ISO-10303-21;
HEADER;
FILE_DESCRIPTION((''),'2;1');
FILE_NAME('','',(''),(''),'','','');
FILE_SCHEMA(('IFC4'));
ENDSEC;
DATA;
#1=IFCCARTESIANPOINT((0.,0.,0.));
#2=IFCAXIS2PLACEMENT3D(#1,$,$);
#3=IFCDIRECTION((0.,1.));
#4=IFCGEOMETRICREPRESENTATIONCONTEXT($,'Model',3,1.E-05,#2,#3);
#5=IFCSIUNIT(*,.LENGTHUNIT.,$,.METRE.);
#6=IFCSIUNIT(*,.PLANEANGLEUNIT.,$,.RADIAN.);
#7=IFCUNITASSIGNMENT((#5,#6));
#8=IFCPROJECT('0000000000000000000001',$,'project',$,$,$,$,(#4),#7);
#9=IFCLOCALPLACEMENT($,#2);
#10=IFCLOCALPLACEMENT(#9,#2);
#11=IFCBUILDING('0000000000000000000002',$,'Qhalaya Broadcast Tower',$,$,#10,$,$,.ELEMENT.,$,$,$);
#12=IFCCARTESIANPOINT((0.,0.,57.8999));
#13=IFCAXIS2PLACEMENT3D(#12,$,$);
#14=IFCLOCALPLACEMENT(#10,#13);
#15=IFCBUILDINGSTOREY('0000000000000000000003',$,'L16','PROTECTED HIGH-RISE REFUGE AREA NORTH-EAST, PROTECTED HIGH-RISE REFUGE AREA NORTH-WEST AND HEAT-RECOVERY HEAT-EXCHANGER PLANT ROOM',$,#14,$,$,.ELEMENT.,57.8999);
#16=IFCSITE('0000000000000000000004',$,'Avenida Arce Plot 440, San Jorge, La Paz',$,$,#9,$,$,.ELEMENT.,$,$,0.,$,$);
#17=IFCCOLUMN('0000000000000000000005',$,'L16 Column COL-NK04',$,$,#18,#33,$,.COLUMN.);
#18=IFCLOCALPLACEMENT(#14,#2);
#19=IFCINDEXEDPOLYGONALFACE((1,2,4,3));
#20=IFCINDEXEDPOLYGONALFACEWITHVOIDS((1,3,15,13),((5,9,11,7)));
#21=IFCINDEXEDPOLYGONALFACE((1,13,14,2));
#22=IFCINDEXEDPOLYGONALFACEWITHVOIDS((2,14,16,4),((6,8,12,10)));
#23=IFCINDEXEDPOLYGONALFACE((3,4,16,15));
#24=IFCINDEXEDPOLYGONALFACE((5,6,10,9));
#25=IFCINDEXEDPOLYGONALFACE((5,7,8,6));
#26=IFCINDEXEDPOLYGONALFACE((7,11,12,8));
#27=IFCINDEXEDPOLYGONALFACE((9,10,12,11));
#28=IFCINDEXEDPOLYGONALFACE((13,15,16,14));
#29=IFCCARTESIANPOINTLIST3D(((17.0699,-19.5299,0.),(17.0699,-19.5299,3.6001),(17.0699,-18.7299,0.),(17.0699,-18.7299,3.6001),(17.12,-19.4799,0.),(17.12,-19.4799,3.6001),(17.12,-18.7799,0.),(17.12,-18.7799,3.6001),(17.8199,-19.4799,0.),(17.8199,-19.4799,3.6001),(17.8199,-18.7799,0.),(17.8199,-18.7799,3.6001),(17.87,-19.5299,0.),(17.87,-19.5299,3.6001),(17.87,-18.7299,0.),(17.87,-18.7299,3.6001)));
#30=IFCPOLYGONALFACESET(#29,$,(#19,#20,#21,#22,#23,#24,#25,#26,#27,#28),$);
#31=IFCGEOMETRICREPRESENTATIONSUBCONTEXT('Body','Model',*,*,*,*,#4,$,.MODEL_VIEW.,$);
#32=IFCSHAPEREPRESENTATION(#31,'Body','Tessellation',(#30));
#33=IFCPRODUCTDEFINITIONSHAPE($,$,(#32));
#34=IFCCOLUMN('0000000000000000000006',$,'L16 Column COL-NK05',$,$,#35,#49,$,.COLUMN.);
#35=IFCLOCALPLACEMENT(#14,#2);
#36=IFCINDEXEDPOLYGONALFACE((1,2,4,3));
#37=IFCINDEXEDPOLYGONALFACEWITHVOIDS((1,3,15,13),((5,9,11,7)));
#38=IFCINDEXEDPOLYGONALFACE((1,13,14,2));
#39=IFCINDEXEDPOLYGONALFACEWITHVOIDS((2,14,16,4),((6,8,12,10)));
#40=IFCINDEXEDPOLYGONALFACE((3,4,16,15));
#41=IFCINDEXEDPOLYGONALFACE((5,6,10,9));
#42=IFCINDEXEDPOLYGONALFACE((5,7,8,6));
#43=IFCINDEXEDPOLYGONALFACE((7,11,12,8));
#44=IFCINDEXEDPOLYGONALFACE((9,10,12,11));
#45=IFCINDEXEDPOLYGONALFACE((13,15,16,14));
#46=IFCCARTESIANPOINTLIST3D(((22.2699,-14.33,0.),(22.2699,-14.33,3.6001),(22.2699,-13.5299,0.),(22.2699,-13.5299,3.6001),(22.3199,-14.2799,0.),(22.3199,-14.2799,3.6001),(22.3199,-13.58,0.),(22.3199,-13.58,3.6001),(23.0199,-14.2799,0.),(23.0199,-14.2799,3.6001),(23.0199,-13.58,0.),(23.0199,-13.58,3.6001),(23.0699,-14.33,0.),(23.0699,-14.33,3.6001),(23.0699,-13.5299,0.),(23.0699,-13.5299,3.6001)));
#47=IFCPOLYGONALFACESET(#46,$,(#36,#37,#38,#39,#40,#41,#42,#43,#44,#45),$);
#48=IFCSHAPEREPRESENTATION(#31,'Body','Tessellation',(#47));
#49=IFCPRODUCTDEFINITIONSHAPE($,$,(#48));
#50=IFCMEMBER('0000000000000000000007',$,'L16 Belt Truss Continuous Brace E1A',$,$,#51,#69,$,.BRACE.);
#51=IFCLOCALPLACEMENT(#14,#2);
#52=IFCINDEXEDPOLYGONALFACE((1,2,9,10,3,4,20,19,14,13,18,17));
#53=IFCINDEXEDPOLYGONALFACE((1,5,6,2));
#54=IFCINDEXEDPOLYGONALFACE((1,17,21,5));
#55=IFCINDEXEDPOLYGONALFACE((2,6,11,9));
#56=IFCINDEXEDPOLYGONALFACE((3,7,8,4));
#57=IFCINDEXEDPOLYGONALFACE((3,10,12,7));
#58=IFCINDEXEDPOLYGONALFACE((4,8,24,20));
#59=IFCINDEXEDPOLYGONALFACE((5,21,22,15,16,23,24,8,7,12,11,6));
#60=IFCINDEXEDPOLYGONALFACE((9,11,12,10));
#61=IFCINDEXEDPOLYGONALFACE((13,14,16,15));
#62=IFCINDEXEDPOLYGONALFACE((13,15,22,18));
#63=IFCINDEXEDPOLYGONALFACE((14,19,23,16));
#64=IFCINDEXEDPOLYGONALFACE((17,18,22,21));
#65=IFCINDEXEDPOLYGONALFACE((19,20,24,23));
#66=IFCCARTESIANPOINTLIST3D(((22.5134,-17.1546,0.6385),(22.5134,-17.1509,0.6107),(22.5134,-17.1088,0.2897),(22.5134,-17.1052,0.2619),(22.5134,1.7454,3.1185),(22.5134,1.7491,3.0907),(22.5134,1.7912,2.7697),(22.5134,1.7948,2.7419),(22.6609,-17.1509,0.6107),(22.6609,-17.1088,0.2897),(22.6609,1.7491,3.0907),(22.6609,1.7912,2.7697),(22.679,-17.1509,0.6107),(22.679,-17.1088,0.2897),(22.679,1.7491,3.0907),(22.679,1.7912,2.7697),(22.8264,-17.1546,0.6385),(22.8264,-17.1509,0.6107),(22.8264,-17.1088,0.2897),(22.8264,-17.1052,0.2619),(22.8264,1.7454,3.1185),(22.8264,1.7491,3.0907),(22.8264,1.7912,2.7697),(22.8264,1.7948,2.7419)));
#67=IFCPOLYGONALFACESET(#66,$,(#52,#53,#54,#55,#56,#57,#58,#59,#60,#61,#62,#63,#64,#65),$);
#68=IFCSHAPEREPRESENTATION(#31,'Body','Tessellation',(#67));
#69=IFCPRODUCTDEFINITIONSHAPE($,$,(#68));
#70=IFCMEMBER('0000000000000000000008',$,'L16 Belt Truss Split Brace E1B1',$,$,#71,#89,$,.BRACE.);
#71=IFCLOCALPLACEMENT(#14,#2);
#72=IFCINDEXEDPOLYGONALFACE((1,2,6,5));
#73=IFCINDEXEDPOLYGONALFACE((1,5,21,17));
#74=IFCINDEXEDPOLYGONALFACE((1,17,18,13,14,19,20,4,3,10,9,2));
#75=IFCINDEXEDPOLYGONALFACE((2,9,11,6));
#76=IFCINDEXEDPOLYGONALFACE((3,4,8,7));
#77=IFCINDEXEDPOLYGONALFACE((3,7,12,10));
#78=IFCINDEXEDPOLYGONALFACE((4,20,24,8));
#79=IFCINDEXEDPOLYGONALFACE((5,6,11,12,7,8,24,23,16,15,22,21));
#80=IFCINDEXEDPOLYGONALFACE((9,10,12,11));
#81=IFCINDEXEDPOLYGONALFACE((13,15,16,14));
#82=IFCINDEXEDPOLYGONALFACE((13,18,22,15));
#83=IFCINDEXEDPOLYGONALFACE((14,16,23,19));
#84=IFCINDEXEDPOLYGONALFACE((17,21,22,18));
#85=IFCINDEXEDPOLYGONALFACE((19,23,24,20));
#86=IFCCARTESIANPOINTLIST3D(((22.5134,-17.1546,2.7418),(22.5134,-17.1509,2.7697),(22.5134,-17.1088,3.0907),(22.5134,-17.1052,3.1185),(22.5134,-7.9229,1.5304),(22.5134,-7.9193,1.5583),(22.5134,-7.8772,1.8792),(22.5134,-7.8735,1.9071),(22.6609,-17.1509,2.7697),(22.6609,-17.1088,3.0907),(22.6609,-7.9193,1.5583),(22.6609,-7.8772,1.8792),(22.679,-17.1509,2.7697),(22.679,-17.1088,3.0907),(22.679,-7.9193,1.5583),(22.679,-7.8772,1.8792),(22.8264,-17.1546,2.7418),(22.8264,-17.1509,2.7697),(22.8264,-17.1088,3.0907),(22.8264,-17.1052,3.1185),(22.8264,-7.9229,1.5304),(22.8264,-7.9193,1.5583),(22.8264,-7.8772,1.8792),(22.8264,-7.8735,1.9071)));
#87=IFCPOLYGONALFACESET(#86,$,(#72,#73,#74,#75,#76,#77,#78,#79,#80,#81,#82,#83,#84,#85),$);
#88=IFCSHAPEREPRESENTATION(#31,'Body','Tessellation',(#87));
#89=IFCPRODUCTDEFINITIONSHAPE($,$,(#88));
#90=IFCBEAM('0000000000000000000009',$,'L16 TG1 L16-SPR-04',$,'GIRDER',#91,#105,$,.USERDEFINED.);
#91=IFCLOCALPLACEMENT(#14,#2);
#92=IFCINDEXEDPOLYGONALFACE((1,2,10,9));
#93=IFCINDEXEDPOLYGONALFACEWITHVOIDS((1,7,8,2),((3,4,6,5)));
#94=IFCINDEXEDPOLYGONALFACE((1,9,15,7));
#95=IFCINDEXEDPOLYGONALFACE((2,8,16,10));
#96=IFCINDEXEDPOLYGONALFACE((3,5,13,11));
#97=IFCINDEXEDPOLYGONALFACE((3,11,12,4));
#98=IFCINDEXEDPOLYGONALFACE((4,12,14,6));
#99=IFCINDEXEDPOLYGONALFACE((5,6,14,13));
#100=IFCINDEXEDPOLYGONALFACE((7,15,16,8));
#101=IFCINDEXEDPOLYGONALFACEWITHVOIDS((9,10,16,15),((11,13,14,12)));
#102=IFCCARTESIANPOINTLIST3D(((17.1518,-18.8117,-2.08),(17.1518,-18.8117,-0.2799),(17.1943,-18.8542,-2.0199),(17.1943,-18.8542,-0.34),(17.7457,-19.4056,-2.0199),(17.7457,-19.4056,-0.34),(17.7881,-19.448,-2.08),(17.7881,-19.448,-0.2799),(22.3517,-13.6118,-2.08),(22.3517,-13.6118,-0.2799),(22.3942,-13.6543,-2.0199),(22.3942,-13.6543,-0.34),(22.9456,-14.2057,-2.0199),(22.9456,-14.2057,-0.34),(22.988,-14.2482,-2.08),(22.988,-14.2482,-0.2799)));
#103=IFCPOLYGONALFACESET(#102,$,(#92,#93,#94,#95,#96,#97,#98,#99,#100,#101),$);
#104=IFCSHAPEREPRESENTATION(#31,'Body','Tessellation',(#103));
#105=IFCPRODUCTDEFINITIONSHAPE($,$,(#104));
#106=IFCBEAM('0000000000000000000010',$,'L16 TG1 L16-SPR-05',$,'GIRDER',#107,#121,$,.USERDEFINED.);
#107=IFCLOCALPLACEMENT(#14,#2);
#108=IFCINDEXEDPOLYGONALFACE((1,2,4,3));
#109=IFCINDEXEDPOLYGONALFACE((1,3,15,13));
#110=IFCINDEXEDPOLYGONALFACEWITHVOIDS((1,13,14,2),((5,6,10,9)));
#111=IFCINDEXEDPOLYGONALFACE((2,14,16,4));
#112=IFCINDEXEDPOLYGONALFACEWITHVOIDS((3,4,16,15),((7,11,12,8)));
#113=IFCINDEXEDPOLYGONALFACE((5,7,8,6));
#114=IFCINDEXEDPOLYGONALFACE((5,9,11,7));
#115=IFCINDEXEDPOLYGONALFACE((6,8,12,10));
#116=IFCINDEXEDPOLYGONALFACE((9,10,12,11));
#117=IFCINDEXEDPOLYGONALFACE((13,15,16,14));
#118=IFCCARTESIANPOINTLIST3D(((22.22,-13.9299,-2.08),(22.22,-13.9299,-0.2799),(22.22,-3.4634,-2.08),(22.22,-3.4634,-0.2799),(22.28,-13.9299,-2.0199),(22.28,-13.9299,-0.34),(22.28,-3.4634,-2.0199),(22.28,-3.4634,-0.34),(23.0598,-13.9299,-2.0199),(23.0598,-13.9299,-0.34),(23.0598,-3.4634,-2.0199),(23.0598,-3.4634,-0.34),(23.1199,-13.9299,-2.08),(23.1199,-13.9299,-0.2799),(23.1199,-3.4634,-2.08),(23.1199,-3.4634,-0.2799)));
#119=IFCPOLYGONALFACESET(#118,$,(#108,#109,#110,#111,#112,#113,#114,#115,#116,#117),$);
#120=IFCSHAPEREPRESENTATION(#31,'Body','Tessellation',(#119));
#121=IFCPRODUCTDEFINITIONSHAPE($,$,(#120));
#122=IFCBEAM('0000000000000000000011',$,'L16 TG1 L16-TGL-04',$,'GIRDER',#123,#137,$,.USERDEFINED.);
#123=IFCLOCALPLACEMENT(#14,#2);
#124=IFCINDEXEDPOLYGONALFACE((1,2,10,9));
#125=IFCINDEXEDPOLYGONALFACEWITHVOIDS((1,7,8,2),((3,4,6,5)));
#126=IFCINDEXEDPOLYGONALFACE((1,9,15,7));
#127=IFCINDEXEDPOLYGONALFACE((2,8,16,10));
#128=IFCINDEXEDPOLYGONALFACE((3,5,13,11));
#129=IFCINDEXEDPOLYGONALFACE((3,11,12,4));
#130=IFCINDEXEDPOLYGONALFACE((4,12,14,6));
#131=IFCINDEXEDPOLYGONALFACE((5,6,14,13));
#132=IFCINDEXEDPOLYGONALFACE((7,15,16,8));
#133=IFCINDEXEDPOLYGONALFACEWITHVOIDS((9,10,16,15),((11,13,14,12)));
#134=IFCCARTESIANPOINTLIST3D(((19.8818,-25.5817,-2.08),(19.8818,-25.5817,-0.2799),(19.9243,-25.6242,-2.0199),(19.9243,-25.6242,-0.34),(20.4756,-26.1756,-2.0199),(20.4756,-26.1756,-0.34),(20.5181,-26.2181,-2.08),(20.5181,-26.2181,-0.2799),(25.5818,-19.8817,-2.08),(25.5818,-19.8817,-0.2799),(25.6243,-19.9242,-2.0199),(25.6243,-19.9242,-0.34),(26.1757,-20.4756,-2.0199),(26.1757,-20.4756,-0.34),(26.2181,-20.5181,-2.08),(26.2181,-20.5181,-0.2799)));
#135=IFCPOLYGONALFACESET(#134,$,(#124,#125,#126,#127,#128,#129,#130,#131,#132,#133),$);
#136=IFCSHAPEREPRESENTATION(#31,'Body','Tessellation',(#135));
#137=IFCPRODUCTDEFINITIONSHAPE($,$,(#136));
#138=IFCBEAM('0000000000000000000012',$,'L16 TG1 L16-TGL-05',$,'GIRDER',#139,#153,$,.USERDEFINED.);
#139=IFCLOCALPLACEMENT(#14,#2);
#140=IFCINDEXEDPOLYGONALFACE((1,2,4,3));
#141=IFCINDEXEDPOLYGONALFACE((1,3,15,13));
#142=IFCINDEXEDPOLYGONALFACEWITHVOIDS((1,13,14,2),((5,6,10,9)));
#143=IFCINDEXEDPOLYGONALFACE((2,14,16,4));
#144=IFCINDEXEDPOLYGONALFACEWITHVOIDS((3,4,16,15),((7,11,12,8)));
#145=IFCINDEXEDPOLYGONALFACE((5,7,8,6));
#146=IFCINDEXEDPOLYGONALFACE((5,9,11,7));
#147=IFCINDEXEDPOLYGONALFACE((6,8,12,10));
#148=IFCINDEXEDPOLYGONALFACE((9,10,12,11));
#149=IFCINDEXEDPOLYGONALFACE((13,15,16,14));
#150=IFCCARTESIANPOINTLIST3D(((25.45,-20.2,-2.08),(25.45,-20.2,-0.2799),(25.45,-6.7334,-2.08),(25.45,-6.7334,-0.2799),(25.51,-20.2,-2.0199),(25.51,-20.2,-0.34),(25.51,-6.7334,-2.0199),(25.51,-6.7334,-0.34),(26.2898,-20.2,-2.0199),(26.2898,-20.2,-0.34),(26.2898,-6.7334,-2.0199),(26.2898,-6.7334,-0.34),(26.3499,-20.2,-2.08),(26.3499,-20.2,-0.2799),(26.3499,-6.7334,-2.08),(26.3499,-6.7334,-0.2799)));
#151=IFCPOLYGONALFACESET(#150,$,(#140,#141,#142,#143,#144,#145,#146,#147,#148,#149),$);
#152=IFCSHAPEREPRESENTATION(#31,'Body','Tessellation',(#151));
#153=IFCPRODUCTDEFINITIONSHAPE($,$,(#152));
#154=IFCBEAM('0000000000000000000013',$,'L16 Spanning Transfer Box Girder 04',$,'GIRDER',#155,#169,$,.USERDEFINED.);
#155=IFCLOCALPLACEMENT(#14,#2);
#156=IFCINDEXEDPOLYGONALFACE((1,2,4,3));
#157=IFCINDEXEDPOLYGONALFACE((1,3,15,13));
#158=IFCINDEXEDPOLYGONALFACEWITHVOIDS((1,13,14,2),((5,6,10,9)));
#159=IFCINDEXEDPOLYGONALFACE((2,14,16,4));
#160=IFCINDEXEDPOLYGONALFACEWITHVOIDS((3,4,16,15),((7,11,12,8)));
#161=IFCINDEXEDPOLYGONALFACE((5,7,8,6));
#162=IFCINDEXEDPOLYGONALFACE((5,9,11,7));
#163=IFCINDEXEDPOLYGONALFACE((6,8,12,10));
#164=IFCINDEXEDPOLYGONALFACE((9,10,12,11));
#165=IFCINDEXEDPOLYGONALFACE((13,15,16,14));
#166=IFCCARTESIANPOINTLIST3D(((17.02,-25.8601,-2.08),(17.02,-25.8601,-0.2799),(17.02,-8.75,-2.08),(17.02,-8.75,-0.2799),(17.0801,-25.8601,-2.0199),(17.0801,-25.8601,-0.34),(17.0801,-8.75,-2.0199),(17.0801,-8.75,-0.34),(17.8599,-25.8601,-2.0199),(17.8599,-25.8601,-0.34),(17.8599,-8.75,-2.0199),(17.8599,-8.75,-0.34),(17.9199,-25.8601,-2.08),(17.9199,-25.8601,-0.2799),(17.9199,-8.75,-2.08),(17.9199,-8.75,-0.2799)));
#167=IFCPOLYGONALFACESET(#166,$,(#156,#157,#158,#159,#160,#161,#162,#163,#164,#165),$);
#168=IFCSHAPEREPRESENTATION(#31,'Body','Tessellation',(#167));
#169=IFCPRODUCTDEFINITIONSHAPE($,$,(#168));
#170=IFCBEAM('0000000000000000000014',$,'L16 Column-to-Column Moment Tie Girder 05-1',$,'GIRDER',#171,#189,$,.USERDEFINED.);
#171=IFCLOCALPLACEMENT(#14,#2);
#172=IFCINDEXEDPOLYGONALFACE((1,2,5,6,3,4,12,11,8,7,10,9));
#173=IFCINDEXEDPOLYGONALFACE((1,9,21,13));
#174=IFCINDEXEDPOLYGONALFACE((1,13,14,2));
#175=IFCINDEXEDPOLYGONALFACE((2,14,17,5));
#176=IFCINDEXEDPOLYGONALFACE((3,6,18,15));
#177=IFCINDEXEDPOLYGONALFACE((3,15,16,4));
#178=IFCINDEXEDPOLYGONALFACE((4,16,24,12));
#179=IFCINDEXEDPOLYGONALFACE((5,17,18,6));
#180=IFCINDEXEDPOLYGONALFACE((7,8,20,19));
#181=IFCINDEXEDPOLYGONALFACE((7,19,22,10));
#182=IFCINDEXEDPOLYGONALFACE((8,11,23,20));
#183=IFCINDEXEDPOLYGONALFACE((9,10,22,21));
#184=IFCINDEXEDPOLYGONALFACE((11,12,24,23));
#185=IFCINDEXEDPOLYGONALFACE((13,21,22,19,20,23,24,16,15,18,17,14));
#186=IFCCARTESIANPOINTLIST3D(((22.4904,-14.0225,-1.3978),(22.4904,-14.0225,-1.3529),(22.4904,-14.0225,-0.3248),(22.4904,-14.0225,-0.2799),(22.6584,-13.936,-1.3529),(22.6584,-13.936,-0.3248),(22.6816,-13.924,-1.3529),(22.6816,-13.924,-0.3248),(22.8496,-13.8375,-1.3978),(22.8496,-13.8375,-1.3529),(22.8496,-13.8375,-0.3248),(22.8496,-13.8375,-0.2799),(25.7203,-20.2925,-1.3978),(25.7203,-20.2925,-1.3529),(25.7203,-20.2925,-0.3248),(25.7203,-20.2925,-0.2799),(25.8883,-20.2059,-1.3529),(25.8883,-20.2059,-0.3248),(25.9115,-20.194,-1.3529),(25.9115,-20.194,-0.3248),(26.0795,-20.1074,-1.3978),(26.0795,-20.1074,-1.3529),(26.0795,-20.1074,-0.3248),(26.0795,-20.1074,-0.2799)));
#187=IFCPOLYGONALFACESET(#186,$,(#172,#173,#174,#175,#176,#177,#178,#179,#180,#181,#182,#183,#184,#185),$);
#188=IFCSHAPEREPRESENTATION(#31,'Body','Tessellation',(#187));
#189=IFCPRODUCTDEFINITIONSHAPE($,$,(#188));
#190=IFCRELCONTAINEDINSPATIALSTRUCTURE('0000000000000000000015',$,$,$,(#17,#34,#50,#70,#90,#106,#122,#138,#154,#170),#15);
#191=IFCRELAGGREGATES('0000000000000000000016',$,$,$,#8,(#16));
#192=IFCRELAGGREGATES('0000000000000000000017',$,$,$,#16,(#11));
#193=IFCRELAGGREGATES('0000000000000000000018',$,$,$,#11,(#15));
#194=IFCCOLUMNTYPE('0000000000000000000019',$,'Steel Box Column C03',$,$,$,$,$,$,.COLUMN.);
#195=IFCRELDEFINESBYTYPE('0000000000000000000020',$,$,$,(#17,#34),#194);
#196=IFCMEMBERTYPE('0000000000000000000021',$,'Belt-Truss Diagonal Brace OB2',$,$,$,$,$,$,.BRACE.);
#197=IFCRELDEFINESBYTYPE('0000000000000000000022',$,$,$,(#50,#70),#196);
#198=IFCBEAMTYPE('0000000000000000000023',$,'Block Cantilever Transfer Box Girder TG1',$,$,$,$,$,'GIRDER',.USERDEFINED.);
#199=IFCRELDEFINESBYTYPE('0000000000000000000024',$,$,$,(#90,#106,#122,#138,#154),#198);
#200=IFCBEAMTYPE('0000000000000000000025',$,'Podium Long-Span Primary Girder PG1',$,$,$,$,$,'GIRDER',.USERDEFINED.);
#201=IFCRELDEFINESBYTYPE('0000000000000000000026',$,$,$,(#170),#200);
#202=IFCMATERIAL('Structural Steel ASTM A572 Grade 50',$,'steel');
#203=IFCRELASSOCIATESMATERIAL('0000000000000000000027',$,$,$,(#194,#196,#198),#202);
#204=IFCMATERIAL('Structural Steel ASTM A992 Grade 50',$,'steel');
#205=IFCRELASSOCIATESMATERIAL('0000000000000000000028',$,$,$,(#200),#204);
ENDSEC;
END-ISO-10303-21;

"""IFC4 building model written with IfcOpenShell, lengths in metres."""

from ifc_helpers import new_model, si_unit, direction, frame, origin, origin_2d, place, context, subcontext, project, spatial, hollow_rectangle, i_section, extrude, material, material_profile, profile_set, type_object, element, save


model = new_model("IFC4")

# Units and contexts
model_context = context("Model", 3, precision=1e-05, world=origin(), true_north=direction((0.0, 1.0)))
body_context = subcontext(model_context, "Body", "Model", "MODEL_VIEW")
ifc_project = project(units=[si_unit("LENGTHUNIT", "METRE"), si_unit("PLANEANGLEUNIT", "RADIAN")], contexts=[model_context])

# Site, building, storey
site_placement = place(None, origin())
site = spatial("IfcSite", under=ifc_project, at=site_placement, Name="Avenida Arce Plot 440, San Jorge, La Paz", CompositionType="ELEMENT", RefElevation=0.0)
building_placement = place(site_placement, origin())
building = spatial("IfcBuilding", under=site, at=building_placement, Name="Qhalaya Broadcast Tower", CompositionType="ELEMENT")
storey_placement = place(building_placement, frame((0.0, 0.0, 57.8999)))
storey = spatial("IfcBuildingStorey", under=building, at=storey_placement, Name="L16", Description="PROTECTED HIGH-RISE REFUGE AREA NORTH-EAST, PROTECTED HIGH-RISE REFUGE AREA NORTH-WEST AND HEAT-RECOVERY HEAT-EXCHANGER PLANT ROOM", CompositionType="ELEMENT", Elevation=57.8999)

# Columns
ifc_material_1 = material(Name="Structural Steel ASTM A572 Grade 50", Category="steel")
ifc_material_profile_1 = material_profile(ifc_material_1, hollow_rectangle(XDim=0.8, YDim=0.8, WallThickness=0.05, at=origin_2d()), Name="BOX 800x800x50")
ifc_profile_set_1 = profile_set([ifc_material_profile_1], Name="Structural Steel ASTM A572 Grade 50")
column_type = type_object("IfcColumnType", Name="Steel Box Column C03", PredefinedType="COLUMN", material=ifc_profile_set_1)
for number, where, z_axis, x_axis, name in (
    (1, (17.47, -19.1299, 0.0), (0.0, 0.0, 1.0), (1.0, 0.0, 0.0), "L16 Column COL-NK04"),
    (2, (22.6699, -13.9299, 0.0), (0.0, 0.0, 1.0), (0.0, 1.0, 0.0), "L16 Column COL-NK05"),
):
    element("IfcColumn", number, at=place(storey_placement, frame(where, z_axis=z_axis, x_axis=x_axis)), inside=storey, type_object=column_type, Name=name, PredefinedType="COLUMN", context=body_context, shape_type="SweptSolid", body=[
        extrude(hollow_rectangle(XDim=0.8, YDim=0.8, WallThickness=0.05, at=origin_2d()), origin(), (0.0, 0.0, 1.0), 3.6001),
    ])

# Members
ifc_material_profile_2 = material_profile(ifc_material_1, i_section(OverallWidth=0.313, OverallDepth=0.3799, WebThickness=0.0181, FlangeThickness=0.0281, at=origin_2d()), Name="W12X120")
ifc_profile_set_2 = profile_set([ifc_material_profile_2], Name="Structural Steel ASTM A572 Grade 50")
member_type = type_object("IfcMemberType", Name="Belt-Truss Diagonal Brace OB2", PredefinedType="BRACE", material=ifc_profile_set_2)
member_1_placement = place(storey_placement, frame((22.6699, -17.1299, 0.4502), z_axis=(0.0, 0.991501, 0.130101), x_axis=(-1.0, 0.0, 0.0)))
element("IfcMember", 3, at=member_1_placement, inside=storey, type_object=member_type, Name="L16 Belt Truss Continuous Brace E1A", PredefinedType="BRACE", context=body_context, shape_type="SweptSolid", body=[
    extrude(i_section(OverallWidth=0.313, OverallDepth=0.3799, WebThickness=0.0181, FlangeThickness=0.0281, at=origin_2d()), origin(), (0.0, 0.0, 1.0), 19.062),
])
member_2_placement = place(storey_placement, frame((22.6699, -17.1299, 2.9302), z_axis=(0.0, 0.9915, -0.130109), x_axis=(-1.0, 0.0, 0.0)))
element("IfcMember", 4, at=member_2_placement, inside=storey, type_object=member_type, Name="L16 Belt Truss Split Brace E1B1", PredefinedType="BRACE", context=body_context, shape_type="SweptSolid", body=[
    extrude(i_section(OverallWidth=0.313, OverallDepth=0.3799, WebThickness=0.0181, FlangeThickness=0.0281, at=origin_2d()), origin(), (0.0, 0.0, 1.0), 9.3108),
])

# Beams
ifc_material_profile_3 = material_profile(ifc_material_1, hollow_rectangle(XDim=0.8999, YDim=1.8, WallThickness=0.0601, at=origin_2d()), Name="BOX 900x1800x60")
ifc_profile_set_3 = profile_set([ifc_material_profile_3], Name="Structural Steel ASTM A572 Grade 50")
beam_type_1 = type_object("IfcBeamType", Name="Block Cantilever Transfer Box Girder TG1", ElementType="GIRDER", PredefinedType="USERDEFINED", material=ifc_profile_set_3)
beam_1_placement = place(storey_placement, frame((17.47, -19.1299, -1.1799), z_axis=(0.707107, 0.707107, 0.0), x_axis=(-0.707107, 0.707107, 0.0)))
element("IfcBeam", 5, at=beam_1_placement, inside=storey, type_object=beam_type_1, Name="L16 TG1 L16-SPR-04", ObjectType="GIRDER", PredefinedType="USERDEFINED", context=body_context, shape_type="SweptSolid", body=[
    extrude(hollow_rectangle(XDim=0.8999, YDim=1.8, WallThickness=0.0601, at=origin_2d()), origin(), (0.0, 0.0, 1.0), 7.3538),
])
beam_2_placement = place(storey_placement, frame((22.6699, -13.9299, -1.1799), z_axis=(0.0, 1.0, 0.0), x_axis=(-1.0, 0.0, 0.0)))
element("IfcBeam", 6, at=beam_2_placement, inside=storey, type_object=beam_type_1, Name="L16 TG1 L16-SPR-05", ObjectType="GIRDER", PredefinedType="USERDEFINED", context=body_context, shape_type="SweptSolid", body=[
    extrude(hollow_rectangle(XDim=0.8999, YDim=1.8, WallThickness=0.0601, at=origin_2d()), origin(), (0.0, 0.0, 1.0), 10.4666),
])
beam_3_placement = place(storey_placement, frame((20.2, -25.8999, -1.1799), z_axis=(0.707107, 0.707107, 0.0), x_axis=(-0.707107, 0.707107, 0.0)))
element("IfcBeam", 7, at=beam_3_placement, inside=storey, type_object=beam_type_1, Name="L16 TG1 L16-TGL-04", ObjectType="GIRDER", PredefinedType="USERDEFINED", context=body_context, shape_type="SweptSolid", body=[
    extrude(hollow_rectangle(XDim=0.8999, YDim=1.8, WallThickness=0.0601, at=origin_2d()), origin(), (0.0, 0.0, 1.0), 8.061),
])
beam_4_placement = place(storey_placement, frame((25.8999, -20.2, -1.1799), z_axis=(0.0, 1.0, 0.0), x_axis=(-1.0, 0.0, 0.0)))
element("IfcBeam", 8, at=beam_4_placement, inside=storey, type_object=beam_type_1, Name="L16 TG1 L16-TGL-05", ObjectType="GIRDER", PredefinedType="USERDEFINED", context=body_context, shape_type="SweptSolid", body=[
    extrude(hollow_rectangle(XDim=0.8999, YDim=1.8, WallThickness=0.0601, at=origin_2d()), origin(), (0.0, 0.0, 1.0), 13.4666),
])
beam_5_placement = place(storey_placement, frame((17.47, -25.8601, -1.1799), z_axis=(0.0, 1.0, 0.0), x_axis=(-1.0, 0.0, 0.0)))
element("IfcBeam", 9, at=beam_5_placement, inside=storey, type_object=beam_type_1, Name="L16 Spanning Transfer Box Girder 04", ObjectType="GIRDER", PredefinedType="USERDEFINED", context=body_context, shape_type="SweptSolid", body=[
    extrude(hollow_rectangle(XDim=0.8999, YDim=1.8, WallThickness=0.0601, at=origin_2d()), origin(), (0.0, 0.0, 1.0), 17.1101),
])
ifc_material_2 = material(Name="Structural Steel ASTM A992 Grade 50", Category="steel")
ifc_material_profile_4 = material_profile(ifc_material_2, i_section(OverallWidth=0.4041, OverallDepth=1.1179, WebThickness=0.0261, FlangeThickness=0.0449, at=origin_2d()), Name="W44X335")
ifc_profile_set_4 = profile_set([ifc_material_profile_4], Name="Structural Steel ASTM A992 Grade 50")
beam_type_2 = type_object("IfcBeamType", Name="Podium Long-Span Primary Girder PG1", ElementType="GIRDER", PredefinedType="USERDEFINED", material=ifc_profile_set_4)
beam_6_placement = place(storey_placement, frame((25.8999, -20.2, -0.8389), z_axis=(-0.457953, 0.888976, 0.0), x_axis=(-0.888976, -0.457953, 0.0)))
element("IfcBeam", 10, at=beam_6_placement, inside=storey, type_object=beam_type_2, Name="L16 Column-to-Column Moment Tie Girder 05-1", ObjectType="GIRDER", PredefinedType="USERDEFINED", context=body_context, shape_type="SweptSolid", body=[
    extrude(i_section(OverallWidth=0.4041, OverallDepth=1.1179, WebThickness=0.0261, FlangeThickness=0.0449, at=origin_2d()), origin(), (0.0, 0.0, 1.0), 7.053),
])

save(model, "model.ifc")
